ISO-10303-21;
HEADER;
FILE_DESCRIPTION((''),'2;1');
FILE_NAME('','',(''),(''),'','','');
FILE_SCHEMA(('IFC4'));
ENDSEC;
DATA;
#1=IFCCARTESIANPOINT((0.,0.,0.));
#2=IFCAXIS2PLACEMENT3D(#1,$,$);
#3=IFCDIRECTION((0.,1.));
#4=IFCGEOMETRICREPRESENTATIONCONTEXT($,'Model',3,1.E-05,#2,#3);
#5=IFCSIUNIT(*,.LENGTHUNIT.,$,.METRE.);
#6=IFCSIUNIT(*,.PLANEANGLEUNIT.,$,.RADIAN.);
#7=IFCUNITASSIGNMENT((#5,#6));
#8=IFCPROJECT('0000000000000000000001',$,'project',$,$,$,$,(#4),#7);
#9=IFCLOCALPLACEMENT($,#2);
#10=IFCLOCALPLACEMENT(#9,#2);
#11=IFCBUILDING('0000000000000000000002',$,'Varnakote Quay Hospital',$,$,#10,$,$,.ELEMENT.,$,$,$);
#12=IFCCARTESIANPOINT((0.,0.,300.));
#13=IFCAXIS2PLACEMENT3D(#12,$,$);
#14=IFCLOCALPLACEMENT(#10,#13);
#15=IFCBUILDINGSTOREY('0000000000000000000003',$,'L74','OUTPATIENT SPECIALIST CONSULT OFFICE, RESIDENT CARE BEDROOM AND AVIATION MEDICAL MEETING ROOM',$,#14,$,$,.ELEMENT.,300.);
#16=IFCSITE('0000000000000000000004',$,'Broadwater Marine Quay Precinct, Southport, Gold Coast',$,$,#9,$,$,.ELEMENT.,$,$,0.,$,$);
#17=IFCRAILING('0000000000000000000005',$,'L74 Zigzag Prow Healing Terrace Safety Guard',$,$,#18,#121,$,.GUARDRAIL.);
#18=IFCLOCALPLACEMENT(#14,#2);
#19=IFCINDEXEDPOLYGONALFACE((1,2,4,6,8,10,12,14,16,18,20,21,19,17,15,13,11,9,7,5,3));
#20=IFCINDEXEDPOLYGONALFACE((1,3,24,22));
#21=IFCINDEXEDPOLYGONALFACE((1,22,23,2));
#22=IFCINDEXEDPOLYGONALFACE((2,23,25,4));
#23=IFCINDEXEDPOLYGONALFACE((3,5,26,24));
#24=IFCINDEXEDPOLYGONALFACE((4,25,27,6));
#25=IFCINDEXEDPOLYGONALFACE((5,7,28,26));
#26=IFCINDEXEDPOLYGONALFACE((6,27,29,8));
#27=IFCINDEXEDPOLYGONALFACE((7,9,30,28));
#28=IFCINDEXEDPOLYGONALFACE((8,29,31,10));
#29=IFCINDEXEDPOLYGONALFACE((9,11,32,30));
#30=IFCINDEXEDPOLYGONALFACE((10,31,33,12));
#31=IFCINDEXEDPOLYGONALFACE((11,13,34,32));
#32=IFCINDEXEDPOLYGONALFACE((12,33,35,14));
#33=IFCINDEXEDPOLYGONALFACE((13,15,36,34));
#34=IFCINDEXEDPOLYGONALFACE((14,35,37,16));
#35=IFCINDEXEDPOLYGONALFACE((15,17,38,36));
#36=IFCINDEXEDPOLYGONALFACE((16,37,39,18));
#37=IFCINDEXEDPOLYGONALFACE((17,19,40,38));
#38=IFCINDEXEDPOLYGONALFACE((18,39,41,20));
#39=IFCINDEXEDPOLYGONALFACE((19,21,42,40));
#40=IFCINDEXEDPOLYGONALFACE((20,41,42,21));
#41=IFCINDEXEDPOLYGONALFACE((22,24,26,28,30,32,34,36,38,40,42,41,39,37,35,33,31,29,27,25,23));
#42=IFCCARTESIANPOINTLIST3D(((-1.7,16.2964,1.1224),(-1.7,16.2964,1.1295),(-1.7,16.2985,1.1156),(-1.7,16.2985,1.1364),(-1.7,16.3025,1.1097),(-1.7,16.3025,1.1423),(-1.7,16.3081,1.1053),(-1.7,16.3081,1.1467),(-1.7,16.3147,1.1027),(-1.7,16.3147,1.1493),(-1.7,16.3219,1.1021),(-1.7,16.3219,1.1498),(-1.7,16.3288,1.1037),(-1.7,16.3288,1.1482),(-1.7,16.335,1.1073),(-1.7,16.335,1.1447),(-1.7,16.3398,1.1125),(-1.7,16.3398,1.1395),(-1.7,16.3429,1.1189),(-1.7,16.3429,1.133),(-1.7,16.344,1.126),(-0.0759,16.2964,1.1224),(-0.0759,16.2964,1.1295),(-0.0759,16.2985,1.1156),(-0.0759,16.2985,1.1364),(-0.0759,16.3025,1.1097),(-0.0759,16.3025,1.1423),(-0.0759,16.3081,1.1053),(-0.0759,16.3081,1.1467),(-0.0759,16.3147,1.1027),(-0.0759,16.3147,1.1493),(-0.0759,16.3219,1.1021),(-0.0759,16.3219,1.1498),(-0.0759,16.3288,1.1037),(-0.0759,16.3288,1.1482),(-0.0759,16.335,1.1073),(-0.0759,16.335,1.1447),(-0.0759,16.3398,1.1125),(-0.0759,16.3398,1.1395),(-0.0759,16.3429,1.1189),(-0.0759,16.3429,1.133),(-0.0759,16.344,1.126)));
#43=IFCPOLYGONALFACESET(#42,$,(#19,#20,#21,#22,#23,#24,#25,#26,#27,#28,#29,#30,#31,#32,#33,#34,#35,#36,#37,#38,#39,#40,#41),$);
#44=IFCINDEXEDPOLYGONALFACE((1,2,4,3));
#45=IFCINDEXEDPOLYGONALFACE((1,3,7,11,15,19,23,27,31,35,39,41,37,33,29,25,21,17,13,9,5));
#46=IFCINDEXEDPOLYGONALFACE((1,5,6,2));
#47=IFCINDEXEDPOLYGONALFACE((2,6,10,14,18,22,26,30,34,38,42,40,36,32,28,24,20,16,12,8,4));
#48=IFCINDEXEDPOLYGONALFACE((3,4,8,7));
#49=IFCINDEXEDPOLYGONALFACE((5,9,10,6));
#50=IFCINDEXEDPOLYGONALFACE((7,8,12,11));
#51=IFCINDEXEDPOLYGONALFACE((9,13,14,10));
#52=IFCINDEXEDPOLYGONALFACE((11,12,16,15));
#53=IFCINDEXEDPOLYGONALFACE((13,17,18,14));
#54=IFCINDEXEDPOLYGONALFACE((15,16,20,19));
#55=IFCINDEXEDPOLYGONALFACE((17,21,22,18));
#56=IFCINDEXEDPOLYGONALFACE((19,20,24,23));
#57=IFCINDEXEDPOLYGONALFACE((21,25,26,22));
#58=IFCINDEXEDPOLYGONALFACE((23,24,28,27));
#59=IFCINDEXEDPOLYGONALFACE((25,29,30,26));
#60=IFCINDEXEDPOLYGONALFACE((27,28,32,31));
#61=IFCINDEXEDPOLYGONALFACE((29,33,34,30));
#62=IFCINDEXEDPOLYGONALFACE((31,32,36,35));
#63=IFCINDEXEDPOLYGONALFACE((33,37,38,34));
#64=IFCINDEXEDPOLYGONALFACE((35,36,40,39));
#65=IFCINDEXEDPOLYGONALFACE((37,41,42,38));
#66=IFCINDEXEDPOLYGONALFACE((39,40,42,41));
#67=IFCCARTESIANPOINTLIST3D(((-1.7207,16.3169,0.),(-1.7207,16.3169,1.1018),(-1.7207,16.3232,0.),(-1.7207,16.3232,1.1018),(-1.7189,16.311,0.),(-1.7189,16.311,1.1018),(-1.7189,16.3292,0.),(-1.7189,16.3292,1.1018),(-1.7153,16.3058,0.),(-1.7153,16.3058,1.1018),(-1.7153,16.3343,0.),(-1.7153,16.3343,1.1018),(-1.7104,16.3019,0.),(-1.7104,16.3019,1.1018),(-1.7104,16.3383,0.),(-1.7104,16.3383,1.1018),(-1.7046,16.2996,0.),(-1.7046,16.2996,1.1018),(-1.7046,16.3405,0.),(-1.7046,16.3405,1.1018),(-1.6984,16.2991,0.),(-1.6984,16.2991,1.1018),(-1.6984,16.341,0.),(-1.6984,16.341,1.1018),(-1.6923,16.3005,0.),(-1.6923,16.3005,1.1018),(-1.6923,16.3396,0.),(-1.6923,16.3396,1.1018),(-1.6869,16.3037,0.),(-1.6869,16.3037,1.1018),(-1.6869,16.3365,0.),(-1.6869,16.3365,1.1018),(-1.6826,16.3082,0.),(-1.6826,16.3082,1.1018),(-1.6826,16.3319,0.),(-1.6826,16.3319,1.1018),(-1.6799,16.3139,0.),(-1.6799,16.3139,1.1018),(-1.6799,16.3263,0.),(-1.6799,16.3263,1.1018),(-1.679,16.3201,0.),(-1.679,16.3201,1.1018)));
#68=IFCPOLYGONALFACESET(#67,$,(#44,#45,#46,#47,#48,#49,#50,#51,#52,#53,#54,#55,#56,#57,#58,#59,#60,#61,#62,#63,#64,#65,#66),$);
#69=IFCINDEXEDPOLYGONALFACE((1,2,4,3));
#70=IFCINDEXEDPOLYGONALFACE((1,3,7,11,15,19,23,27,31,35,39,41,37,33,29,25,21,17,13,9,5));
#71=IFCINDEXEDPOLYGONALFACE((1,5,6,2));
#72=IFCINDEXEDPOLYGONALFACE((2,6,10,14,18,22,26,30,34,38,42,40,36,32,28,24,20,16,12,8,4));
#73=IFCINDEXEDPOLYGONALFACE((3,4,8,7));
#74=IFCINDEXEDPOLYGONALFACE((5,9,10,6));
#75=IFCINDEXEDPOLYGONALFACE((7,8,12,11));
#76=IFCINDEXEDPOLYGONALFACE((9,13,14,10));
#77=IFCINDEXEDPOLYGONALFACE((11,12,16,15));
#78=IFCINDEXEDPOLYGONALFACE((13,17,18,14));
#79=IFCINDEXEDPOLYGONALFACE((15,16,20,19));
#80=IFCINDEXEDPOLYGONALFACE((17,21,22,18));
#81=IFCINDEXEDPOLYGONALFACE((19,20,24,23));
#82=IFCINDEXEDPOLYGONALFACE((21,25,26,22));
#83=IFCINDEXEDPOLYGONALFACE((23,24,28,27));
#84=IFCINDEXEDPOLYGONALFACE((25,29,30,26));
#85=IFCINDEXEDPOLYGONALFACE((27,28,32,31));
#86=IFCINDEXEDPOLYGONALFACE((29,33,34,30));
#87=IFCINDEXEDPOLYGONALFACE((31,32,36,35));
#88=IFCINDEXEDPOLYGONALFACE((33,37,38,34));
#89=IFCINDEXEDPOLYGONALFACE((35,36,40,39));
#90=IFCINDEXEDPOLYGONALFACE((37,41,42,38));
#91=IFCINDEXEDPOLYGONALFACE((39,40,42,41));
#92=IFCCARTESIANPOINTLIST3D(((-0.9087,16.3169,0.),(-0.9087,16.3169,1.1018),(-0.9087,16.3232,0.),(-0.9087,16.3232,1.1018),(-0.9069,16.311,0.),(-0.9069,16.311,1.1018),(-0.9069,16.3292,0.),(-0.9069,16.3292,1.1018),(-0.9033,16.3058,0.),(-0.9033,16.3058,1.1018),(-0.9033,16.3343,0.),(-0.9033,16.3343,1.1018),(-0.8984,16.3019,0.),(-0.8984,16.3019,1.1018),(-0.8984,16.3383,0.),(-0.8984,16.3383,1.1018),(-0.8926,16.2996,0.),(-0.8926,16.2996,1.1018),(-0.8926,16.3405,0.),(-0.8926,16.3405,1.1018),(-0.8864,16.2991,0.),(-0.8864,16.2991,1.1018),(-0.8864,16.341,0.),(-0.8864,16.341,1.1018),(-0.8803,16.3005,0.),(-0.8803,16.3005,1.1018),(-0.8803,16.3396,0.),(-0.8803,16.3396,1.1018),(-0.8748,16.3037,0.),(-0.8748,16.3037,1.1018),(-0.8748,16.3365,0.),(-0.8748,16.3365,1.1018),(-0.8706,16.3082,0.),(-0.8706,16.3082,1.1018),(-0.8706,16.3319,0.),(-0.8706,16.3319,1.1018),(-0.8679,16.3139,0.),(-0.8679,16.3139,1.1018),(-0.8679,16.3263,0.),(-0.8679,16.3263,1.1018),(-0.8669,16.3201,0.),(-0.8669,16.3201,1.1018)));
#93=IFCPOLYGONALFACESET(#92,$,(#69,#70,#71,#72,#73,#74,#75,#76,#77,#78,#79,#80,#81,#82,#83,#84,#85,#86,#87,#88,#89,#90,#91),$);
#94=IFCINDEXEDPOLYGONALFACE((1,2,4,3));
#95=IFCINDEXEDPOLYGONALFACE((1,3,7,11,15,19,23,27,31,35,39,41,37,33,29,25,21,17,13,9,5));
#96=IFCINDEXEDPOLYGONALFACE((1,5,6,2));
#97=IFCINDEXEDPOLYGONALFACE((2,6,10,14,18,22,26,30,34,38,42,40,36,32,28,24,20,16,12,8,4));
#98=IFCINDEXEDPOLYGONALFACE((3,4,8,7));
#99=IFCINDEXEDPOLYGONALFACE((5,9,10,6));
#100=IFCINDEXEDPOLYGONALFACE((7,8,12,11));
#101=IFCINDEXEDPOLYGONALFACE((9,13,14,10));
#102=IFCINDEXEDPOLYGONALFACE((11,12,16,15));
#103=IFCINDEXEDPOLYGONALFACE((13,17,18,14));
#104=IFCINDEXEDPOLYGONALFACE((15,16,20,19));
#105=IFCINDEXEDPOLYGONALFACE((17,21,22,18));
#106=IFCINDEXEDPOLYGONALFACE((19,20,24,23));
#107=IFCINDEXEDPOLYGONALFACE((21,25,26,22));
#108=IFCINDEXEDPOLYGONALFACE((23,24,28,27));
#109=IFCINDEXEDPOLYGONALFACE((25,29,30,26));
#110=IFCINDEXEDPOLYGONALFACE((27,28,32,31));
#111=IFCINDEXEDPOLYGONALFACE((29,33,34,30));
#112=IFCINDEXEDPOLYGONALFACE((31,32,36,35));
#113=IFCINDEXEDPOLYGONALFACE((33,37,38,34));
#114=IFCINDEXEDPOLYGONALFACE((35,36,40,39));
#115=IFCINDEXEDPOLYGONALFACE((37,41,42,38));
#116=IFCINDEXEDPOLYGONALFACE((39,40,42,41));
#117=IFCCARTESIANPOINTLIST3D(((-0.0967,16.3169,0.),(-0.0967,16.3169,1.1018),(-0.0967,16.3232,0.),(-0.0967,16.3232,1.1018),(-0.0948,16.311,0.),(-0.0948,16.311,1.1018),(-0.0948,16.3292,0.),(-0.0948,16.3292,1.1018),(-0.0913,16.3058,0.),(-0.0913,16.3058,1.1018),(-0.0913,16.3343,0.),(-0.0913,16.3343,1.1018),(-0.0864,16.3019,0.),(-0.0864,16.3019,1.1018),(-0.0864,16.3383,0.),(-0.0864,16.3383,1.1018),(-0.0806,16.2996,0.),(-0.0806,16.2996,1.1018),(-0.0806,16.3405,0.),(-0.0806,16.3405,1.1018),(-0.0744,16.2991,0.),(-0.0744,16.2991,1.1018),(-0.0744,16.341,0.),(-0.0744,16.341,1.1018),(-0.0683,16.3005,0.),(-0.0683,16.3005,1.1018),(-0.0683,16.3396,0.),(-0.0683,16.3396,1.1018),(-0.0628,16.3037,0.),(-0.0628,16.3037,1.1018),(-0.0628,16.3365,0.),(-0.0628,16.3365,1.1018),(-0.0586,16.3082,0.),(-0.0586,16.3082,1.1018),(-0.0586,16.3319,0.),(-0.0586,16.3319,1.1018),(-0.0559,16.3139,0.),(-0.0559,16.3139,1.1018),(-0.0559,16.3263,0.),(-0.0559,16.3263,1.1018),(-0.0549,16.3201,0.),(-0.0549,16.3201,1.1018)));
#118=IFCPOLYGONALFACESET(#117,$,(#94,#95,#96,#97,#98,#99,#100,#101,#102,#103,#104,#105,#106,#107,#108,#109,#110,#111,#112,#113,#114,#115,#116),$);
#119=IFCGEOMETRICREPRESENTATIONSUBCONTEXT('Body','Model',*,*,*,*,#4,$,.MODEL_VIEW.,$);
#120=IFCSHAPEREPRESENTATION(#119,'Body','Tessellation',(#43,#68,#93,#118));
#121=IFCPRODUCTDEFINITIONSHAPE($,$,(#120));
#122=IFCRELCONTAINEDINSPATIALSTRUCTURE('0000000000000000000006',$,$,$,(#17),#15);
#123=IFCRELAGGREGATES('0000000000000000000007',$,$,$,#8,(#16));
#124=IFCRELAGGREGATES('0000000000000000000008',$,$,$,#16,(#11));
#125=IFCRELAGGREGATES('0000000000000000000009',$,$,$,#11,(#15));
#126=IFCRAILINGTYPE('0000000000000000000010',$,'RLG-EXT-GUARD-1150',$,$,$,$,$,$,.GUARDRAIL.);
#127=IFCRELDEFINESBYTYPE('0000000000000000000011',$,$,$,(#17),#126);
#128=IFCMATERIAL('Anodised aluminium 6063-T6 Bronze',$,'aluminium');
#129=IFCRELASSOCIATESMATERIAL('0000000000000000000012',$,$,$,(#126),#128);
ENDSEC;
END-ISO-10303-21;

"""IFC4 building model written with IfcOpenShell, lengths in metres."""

from ifc_helpers import new_model, si_unit, direction, frame, origin, origin_2d, place, context, subcontext, project, spatial, circle, extrude, material, type_object, element, save


model = new_model("IFC4")

# Units and contexts
model_context = context("Model", 3, precision=1e-05, world=origin(), true_north=direction((0.0, 1.0)))
body_context = subcontext(model_context, "Body", "Model", "MODEL_VIEW")
ifc_project = project(units=[si_unit("LENGTHUNIT", "METRE"), si_unit("PLANEANGLEUNIT", "RADIAN")], contexts=[model_context])

# Site, building, storey
site_placement = place(None, origin())
site = spatial("IfcSite", under=ifc_project, at=site_placement, Name="Broadwater Marine Quay Precinct, Southport, Gold Coast", CompositionType="ELEMENT", RefElevation=0.0)
building_placement = place(site_placement, origin())
building = spatial("IfcBuilding", under=site, at=building_placement, Name="Varnakote Quay Hospital", CompositionType="ELEMENT")
storey_placement = place(building_placement, frame((0.0, 0.0, 300.0)))
storey = spatial("IfcBuildingStorey", under=building, at=storey_placement, Name="L74", Description="OUTPATIENT SPECIALIST CONSULT OFFICE, RESIDENT CARE BEDROOM AND AVIATION MEDICAL MEETING ROOM", CompositionType="ELEMENT", Elevation=300.0)

# Railing
ifc_material_1 = material(Name="Anodised aluminium 6063-T6 Bronze", Category="aluminium")
railing_type = type_object("IfcRailingType", Name="RLG-EXT-GUARD-1150", PredefinedType="GUARDRAIL", material=ifc_material_1)
railing_1_placement = place(storey_placement, frame((-1.7, 16.3201, 0.0)))
element("IfcRailing", 1, at=railing_1_placement, inside=storey, type_object=railing_type, Name="L74 Zigzag Prow Healing Terrace Safety Guard", PredefinedType="GUARDRAIL", context=body_context, shape_type="SweptSolid", body=[
    extrude(circle(Radius=0.0239, at=origin_2d()), frame((0.0, 0.0, 1.126), z_axis=(1.0, 0.0, 0.0), x_axis=(0.0, 1.0, 0.0)), (0.0, 0.0, 1.0), 1.624),
    extrude(circle(Radius=0.021, at=origin_2d()), origin(), (0.0, 0.0, 1.0), 1.1018),
    extrude(circle(Radius=0.021, at=origin_2d()), frame((0.812, 0.0, 0.0)), (0.0, 0.0, 1.0), 1.1018),
    extrude(circle(Radius=0.021, at=origin_2d()), frame((1.624, 0.0, 0.0)), (0.0, 0.0, 1.0), 1.1018),
])

save(model, "model.ifc")
